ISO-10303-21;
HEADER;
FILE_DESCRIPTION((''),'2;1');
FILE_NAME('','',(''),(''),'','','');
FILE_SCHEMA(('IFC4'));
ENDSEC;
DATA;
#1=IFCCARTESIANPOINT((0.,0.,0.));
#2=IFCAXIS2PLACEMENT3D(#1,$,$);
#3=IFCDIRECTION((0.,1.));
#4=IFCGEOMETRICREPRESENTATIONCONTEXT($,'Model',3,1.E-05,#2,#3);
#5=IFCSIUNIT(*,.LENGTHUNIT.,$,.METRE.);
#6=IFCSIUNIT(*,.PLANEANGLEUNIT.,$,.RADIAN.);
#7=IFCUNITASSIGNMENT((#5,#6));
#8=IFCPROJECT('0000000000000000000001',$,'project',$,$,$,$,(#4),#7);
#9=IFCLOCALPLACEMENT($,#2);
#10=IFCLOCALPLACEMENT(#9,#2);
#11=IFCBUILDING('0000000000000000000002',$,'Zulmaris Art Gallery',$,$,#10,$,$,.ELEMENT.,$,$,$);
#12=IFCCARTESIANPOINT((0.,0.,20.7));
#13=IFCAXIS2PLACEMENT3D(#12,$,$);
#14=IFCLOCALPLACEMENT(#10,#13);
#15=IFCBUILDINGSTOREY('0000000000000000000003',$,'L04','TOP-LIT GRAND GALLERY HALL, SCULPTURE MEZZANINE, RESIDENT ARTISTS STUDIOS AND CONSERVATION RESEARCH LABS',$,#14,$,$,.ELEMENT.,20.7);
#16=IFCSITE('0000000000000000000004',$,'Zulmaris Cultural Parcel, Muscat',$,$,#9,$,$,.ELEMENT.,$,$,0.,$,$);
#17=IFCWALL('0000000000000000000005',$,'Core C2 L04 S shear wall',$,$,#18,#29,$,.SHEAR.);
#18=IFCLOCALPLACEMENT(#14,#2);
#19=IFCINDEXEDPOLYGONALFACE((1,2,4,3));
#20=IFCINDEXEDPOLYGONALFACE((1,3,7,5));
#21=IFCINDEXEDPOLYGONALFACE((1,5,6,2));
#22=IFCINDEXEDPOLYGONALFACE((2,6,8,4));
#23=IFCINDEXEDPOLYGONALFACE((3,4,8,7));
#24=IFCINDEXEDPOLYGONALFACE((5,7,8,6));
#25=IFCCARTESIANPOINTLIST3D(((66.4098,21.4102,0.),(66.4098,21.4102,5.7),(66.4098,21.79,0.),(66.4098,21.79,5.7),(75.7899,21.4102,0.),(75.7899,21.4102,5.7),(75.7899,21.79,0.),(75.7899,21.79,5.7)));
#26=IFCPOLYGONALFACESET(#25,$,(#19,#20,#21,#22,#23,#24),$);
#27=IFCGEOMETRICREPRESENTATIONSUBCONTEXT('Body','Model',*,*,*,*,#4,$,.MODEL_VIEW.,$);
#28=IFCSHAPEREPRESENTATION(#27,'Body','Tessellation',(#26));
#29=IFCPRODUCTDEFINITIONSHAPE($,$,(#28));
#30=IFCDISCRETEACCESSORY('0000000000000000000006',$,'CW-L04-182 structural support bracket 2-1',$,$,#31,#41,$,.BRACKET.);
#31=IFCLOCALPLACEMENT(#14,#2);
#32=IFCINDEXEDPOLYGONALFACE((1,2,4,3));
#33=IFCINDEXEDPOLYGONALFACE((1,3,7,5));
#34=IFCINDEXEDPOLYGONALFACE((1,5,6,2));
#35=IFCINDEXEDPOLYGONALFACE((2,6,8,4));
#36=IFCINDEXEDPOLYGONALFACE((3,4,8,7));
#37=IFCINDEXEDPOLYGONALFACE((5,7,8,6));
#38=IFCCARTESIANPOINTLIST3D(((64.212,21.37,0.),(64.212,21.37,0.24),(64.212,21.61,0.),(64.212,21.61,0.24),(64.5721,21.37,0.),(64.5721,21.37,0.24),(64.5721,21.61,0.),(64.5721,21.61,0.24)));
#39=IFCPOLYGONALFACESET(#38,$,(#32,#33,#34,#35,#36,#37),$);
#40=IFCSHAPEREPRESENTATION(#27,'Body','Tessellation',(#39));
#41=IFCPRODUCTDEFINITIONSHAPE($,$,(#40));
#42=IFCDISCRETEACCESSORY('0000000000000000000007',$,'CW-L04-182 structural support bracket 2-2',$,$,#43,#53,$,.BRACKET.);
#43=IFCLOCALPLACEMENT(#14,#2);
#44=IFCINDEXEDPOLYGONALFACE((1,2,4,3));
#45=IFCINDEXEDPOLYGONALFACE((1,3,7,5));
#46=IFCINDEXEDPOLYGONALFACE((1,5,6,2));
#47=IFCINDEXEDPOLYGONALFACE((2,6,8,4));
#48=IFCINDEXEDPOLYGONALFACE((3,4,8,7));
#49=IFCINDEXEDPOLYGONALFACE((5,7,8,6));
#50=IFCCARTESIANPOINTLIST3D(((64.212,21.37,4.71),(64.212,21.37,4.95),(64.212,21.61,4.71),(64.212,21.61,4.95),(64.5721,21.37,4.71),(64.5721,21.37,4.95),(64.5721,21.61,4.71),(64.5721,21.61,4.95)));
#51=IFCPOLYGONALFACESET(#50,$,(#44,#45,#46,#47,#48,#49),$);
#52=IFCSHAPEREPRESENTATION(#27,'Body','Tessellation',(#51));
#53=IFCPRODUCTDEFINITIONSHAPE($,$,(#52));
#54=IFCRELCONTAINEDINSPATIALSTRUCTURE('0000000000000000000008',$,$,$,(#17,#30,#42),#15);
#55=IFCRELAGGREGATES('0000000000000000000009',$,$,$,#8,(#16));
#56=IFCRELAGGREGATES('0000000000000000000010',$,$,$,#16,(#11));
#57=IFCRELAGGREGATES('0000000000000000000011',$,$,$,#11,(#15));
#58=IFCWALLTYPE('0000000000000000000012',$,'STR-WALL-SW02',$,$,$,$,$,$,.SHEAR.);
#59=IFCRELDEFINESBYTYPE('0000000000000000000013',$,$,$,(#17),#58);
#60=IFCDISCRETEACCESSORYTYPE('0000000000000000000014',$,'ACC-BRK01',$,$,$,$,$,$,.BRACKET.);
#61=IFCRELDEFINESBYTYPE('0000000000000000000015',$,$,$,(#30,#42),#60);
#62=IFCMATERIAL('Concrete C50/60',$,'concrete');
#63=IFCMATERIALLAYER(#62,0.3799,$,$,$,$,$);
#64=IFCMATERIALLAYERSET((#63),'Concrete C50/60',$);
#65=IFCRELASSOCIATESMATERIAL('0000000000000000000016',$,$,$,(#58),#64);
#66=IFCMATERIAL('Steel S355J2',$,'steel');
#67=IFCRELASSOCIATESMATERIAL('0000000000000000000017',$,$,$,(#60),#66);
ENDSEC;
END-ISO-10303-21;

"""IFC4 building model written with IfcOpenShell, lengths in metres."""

from ifc_helpers import new_model, si_unit, direction, frame, frame_2d, origin, origin_2d, place, context, subcontext, project, spatial, rectangle, extrude, material, layer, layer_set, type_object, element, save


model = new_model("IFC4")

# Units and contexts
model_context = context("Model", 3, precision=1e-05, world=origin(), true_north=direction((0.0, 1.0)))
body_context = subcontext(model_context, "Body", "Model", "MODEL_VIEW")
ifc_project = project(units=[si_unit("LENGTHUNIT", "METRE"), si_unit("PLANEANGLEUNIT", "RADIAN")], contexts=[model_context])

# Site, building, storey
site_placement = place(None, origin())
site = spatial("IfcSite", under=ifc_project, at=site_placement, Name="Zulmaris Cultural Parcel, Muscat", CompositionType="ELEMENT", RefElevation=0.0)
building_placement = place(site_placement, origin())
building = spatial("IfcBuilding", under=site, at=building_placement, Name="Zulmaris Art Gallery", CompositionType="ELEMENT")
storey_placement = place(building_placement, frame((0.0, 0.0, 20.7)))
storey = spatial("IfcBuildingStorey", under=building, at=storey_placement, Name="L04", Description="TOP-LIT GRAND GALLERY HALL, SCULPTURE MEZZANINE, RESIDENT ARTISTS STUDIOS AND CONSERVATION RESEARCH LABS", CompositionType="ELEMENT", Elevation=20.7)

# Shared definitions
ifc_material_1 = material(Name="Steel S355J2", Category="steel")

# Wall
ifc_material_2 = material(Name="Concrete C50/60", Category="concrete")
ifc_layer_1 = layer(ifc_material_2, 0.3799)
ifc_layer_set_1 = layer_set([ifc_layer_1], Name="Concrete C50/60")
wall_type = type_object("IfcWallType", Name="STR-WALL-SW02", PredefinedType="SHEAR", material=ifc_layer_set_1)
wall_placement = place(storey_placement, frame((66.4099, 21.6001, 0.0), z_axis=(0.0, 0.0, 1.0), x_axis=(1.0, 0.0, 0.0)))
element("IfcWall", 1, at=wall_placement, inside=storey, type_object=wall_type, Name="Core C2 L04 S shear wall", PredefinedType="SHEAR", context=body_context, shape_type="SweptSolid", body=[
    extrude(rectangle(XDim=9.3801, YDim=0.3799, at=frame_2d((4.6899, 0.0))), origin(), (0.0, 0.0, 1.0), 5.7),
])

# Discrete accessories
discrete_accessory_type = type_object("IfcDiscreteAccessoryType", Name="ACC-BRK01", PredefinedType="BRACKET", material=ifc_material_1)
for number, where, z_axis, x_axis, name in (
    (2, (64.3921, 21.49, 0.0), (0.0, 0.0, 1.0), (1.0, 0.0, 0.0), "CW-L04-182 structural support bracket 2-1"),
    (3, (64.3921, 21.49, 4.71), (0.0, 0.0, 1.0), (1.0, 0.0, 0.0), "CW-L04-182 structural support bracket 2-2"),
):
    element("IfcDiscreteAccessory", number, at=place(storey_placement, frame(where, z_axis=z_axis, x_axis=x_axis)), inside=storey, type_object=discrete_accessory_type, Name=name, PredefinedType="BRACKET", context=body_context, shape_type="SweptSolid", body=[
        extrude(rectangle(XDim=0.3601, YDim=0.24, at=origin_2d()), origin(), (0.0, 0.0, 1.0), 0.24),
    ])

save(model, "model.ifc")
